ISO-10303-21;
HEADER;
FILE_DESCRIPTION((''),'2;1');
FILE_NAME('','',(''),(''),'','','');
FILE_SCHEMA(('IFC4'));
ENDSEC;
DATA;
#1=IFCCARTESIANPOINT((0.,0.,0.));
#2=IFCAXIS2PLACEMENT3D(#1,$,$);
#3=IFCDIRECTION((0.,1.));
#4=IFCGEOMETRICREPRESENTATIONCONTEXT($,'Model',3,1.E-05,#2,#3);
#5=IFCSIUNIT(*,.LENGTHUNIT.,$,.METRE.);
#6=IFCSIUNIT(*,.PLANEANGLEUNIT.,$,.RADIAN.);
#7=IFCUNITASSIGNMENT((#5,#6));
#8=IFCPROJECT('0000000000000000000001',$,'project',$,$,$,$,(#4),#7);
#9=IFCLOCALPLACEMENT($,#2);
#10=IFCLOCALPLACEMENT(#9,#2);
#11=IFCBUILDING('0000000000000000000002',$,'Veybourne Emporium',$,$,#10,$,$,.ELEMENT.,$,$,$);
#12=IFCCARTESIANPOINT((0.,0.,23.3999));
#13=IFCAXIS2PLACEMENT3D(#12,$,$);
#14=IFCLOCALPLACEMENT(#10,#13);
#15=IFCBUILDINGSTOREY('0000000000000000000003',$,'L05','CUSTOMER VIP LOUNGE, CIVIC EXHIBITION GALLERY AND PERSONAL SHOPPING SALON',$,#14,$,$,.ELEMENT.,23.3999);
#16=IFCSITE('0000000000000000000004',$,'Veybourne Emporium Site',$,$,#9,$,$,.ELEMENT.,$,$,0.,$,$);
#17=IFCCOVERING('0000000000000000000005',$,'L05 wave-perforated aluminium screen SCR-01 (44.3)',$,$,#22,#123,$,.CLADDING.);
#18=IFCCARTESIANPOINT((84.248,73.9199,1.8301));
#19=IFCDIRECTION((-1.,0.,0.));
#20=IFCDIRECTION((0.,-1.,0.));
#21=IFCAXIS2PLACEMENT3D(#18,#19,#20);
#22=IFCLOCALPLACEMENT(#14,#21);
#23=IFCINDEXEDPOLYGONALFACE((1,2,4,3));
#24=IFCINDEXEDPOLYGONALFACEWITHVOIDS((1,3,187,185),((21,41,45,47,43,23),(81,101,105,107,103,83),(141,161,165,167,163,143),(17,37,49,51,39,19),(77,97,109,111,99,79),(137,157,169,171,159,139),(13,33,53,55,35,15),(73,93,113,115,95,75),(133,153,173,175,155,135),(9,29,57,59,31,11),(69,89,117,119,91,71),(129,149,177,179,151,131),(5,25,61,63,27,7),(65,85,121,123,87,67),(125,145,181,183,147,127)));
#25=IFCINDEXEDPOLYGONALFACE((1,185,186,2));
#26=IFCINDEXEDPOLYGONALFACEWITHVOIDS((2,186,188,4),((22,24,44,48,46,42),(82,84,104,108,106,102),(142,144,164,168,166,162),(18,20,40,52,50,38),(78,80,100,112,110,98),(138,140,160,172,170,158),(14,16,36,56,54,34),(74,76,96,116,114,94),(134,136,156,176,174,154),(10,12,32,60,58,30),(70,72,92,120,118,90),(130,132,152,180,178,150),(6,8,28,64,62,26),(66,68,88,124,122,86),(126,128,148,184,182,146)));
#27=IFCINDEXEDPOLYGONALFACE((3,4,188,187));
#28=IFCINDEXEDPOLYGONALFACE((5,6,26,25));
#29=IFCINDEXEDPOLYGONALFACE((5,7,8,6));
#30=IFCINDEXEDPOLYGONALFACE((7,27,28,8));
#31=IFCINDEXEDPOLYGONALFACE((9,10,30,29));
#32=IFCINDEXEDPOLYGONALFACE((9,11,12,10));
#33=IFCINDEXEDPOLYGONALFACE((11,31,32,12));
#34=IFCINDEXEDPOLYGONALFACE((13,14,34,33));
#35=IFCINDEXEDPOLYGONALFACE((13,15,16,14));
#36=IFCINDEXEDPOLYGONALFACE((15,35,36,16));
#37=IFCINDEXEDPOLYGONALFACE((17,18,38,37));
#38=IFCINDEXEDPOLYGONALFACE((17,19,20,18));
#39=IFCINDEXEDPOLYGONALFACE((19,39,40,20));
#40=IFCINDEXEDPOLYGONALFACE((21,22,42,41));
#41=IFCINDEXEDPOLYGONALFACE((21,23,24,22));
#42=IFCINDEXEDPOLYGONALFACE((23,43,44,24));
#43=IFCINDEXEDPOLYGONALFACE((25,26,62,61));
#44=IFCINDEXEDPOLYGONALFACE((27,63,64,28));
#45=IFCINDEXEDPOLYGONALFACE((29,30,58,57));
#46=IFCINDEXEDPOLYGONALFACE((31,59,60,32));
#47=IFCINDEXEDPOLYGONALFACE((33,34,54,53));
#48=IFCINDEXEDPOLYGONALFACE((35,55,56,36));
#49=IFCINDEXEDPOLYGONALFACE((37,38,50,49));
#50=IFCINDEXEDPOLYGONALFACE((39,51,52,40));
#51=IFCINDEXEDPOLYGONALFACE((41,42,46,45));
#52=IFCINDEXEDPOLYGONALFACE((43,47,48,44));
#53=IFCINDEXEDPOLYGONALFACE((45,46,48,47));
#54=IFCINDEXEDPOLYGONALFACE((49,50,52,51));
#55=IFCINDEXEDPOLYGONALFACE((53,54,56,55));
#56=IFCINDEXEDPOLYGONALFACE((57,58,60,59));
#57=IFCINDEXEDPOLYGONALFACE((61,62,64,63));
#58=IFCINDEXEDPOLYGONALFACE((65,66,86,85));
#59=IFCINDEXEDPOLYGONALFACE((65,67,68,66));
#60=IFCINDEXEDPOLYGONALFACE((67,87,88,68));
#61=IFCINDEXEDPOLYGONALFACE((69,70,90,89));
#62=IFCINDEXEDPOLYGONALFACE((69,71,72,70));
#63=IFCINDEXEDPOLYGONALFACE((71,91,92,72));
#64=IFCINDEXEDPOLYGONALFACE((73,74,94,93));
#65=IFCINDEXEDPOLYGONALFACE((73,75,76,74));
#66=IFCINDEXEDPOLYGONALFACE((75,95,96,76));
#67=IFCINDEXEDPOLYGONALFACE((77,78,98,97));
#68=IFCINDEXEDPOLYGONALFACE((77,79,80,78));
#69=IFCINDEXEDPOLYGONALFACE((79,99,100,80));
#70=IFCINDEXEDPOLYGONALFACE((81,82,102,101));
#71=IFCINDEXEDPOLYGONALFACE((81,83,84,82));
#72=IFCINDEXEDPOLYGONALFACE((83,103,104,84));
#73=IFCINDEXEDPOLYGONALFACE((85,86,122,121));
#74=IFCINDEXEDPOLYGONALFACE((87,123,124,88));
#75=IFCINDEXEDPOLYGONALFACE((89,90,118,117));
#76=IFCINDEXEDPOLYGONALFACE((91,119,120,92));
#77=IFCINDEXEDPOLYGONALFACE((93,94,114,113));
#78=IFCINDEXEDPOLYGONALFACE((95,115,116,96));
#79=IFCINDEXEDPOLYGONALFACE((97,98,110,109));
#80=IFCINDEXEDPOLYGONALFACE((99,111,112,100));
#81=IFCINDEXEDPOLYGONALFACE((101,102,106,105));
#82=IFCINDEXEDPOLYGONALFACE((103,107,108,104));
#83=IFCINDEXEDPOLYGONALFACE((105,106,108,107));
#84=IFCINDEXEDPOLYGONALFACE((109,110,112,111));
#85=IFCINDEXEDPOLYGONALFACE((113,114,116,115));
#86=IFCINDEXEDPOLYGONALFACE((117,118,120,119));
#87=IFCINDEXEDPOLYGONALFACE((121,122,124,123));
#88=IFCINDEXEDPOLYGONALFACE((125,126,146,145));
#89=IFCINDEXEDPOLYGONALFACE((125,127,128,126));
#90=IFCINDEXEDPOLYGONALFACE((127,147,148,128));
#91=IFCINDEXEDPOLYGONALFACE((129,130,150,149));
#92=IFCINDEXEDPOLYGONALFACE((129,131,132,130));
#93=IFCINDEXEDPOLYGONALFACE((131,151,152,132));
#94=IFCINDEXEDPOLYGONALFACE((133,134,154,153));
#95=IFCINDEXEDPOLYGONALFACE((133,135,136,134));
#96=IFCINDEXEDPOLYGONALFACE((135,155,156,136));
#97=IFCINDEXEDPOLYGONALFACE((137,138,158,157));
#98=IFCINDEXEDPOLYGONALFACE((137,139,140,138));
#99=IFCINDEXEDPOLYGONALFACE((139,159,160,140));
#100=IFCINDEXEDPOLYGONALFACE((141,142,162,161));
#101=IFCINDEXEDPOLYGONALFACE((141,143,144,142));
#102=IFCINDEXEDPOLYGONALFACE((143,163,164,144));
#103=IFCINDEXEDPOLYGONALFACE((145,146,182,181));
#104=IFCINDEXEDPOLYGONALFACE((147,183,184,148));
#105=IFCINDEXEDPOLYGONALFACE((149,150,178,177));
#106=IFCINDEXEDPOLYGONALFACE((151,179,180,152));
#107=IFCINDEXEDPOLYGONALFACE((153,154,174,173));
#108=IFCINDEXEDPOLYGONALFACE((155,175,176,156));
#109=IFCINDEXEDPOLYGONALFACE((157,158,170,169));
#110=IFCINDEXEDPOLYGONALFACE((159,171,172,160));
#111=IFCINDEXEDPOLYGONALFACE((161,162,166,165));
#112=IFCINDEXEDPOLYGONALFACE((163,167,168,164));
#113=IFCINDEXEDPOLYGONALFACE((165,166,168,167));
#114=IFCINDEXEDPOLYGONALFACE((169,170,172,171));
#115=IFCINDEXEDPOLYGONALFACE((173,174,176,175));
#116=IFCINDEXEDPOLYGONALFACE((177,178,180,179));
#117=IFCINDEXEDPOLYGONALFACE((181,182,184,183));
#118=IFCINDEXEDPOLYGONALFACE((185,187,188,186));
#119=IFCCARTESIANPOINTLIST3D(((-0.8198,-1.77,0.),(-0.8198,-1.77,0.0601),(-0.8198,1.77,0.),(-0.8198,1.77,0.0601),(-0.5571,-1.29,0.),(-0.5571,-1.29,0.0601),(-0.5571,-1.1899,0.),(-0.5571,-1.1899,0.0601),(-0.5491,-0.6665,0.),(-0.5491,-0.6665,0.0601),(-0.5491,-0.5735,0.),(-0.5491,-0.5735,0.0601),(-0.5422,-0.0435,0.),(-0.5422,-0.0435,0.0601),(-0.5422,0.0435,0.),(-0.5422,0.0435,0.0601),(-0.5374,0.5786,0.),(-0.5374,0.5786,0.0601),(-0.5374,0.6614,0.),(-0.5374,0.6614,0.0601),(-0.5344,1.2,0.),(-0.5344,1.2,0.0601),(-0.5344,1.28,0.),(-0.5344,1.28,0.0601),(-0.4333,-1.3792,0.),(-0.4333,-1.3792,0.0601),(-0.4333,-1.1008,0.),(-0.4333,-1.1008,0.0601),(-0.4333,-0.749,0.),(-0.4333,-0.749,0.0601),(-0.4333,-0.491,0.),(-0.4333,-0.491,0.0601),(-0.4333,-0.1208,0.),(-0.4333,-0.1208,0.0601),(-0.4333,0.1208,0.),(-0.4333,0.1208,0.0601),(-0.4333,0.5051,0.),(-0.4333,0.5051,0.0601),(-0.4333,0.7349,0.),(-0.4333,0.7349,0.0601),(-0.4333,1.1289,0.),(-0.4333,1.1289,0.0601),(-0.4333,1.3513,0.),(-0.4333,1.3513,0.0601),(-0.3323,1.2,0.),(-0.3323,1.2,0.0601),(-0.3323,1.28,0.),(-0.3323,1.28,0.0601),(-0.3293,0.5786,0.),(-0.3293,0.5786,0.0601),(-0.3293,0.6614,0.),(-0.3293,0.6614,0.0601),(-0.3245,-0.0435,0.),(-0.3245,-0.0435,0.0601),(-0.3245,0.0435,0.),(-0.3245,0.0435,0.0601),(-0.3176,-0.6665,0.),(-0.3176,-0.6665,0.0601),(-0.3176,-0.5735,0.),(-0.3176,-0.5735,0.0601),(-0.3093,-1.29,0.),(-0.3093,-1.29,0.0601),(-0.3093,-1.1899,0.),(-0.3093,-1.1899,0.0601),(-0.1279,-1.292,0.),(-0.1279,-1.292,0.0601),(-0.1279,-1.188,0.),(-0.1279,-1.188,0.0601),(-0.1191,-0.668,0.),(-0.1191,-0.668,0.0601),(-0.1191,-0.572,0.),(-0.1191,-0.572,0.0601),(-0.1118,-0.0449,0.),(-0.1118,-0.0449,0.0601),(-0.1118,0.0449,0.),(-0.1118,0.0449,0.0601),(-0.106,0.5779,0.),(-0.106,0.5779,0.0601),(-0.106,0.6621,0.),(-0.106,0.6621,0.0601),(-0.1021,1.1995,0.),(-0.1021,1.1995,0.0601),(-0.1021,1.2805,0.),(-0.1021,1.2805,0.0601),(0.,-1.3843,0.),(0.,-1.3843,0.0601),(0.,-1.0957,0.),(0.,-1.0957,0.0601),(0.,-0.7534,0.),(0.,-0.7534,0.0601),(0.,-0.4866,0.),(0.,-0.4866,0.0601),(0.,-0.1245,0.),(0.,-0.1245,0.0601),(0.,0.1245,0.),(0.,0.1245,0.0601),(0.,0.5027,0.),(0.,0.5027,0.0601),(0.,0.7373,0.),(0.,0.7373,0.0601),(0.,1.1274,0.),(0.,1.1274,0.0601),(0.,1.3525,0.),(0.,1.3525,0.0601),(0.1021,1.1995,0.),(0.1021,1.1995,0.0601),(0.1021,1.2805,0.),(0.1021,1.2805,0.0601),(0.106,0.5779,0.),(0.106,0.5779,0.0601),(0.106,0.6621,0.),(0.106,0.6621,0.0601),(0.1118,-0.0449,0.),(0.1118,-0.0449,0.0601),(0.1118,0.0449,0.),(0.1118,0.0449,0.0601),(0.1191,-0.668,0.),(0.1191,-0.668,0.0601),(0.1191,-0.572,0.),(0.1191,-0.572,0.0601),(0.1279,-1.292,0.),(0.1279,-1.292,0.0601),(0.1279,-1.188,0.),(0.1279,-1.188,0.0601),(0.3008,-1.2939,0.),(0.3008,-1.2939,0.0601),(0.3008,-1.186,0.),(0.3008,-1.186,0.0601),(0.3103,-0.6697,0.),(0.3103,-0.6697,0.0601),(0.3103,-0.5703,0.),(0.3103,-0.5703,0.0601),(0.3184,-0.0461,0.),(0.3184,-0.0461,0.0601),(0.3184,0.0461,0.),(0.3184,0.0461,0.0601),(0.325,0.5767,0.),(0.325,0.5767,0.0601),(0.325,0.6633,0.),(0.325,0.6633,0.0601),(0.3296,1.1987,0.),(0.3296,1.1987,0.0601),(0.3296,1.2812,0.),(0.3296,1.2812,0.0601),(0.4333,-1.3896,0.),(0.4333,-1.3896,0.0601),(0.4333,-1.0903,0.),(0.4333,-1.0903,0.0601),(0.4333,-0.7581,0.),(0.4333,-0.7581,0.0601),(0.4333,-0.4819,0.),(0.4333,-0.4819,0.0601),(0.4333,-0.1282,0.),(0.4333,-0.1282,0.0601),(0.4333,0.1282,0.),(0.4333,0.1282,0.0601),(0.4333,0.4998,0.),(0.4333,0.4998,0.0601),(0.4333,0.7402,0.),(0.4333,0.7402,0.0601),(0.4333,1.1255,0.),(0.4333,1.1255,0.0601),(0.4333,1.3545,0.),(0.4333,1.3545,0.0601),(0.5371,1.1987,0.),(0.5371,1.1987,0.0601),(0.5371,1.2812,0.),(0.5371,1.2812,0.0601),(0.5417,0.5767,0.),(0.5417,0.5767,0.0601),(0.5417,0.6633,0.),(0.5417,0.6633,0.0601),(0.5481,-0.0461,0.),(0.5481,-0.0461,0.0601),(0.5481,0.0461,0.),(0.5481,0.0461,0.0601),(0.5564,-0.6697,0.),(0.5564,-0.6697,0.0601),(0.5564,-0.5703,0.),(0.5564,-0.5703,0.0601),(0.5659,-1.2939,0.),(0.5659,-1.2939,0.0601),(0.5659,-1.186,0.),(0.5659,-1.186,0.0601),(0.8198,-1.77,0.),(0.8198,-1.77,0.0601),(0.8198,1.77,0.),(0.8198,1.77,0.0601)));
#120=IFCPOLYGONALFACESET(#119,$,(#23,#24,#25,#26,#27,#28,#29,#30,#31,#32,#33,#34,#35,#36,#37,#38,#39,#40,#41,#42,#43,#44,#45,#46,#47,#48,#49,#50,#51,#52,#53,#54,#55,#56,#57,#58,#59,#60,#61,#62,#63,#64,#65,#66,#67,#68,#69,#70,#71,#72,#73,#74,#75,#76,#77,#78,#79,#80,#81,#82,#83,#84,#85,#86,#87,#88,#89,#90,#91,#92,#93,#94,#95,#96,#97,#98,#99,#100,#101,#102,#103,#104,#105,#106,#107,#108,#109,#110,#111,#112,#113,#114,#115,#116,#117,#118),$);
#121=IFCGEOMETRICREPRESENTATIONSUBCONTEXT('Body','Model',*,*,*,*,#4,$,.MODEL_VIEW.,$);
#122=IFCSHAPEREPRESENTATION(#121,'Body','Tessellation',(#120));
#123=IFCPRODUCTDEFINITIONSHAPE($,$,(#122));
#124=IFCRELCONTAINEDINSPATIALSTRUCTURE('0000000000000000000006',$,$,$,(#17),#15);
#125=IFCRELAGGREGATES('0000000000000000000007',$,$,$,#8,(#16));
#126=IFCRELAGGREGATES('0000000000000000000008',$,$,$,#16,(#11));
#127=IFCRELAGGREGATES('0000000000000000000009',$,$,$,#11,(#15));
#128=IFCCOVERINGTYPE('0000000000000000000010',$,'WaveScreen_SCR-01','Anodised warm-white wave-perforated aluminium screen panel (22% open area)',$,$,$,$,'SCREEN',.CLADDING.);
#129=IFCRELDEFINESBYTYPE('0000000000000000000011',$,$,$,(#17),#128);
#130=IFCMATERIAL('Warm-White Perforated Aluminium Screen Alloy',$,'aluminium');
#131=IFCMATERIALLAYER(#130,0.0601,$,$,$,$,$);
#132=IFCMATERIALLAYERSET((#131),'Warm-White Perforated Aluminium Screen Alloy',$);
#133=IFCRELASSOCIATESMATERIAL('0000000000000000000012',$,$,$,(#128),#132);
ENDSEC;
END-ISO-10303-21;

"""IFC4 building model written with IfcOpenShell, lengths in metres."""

from ifc_helpers import new_model, si_unit, direction, frame, origin, place, context, subcontext, project, spatial, polyline, outline, extrude, material, layer, layer_set, type_object, element, save


model = new_model("IFC4")

# Units and contexts
model_context = context("Model", 3, precision=1e-05, world=origin(), true_north=direction((0.0, 1.0)))
body_context = subcontext(model_context, "Body", "Model", "MODEL_VIEW")
ifc_project = project(units=[si_unit("LENGTHUNIT", "METRE"), si_unit("PLANEANGLEUNIT", "RADIAN")], contexts=[model_context])

# Site, building, storey
site_placement = place(None, origin())
site = spatial("IfcSite", under=ifc_project, at=site_placement, Name="Veybourne Emporium Site", CompositionType="ELEMENT", RefElevation=0.0)
building_placement = place(site_placement, origin())
building = spatial("IfcBuilding", under=site, at=building_placement, Name="Veybourne Emporium", CompositionType="ELEMENT")
storey_placement = place(building_placement, frame((0.0, 0.0, 23.3999)))
storey = spatial("IfcBuildingStorey", under=building, at=storey_placement, Name="L05", Description="CUSTOMER VIP LOUNGE, CIVIC EXHIBITION GALLERY AND PERSONAL SHOPPING SALON", CompositionType="ELEMENT", Elevation=23.3999)

# Covering
ifc_material_1 = material(Name="Warm-White Perforated Aluminium Screen Alloy", Category="aluminium")
ifc_layer_1 = layer(ifc_material_1, 0.0601)
ifc_layer_set_1 = layer_set([ifc_layer_1], Name="Warm-White Perforated Aluminium Screen Alloy")
covering_type_1 = type_object("IfcCoveringType", Name="WaveScreen_SCR-01", Description="Anodised warm-white wave-perforated aluminium screen panel (22% open area)", ElementType="SCREEN", PredefinedType="CLADDING", material=ifc_layer_set_1)
covering_1_placement = place(storey_placement, frame((84.248, 73.9199, 1.8301), z_axis=(-1.0, 0.0, 0.0), x_axis=(0.0, -1.0, 0.0)))
element("IfcCovering", 1, at=covering_1_placement, inside=storey, type_object=covering_type_1, Name="L05 wave-perforated aluminium screen SCR-01 (44.3)", PredefinedType="CLADDING", context=body_context, shape_type="SweptSolid", body=[
    extrude(outline(polyline([(-0.8198, -1.77), (0.8198, -1.77), (0.8198, 1.77), (-0.8198, 1.77), (-0.8198, -1.77)]), holes=[polyline([(-0.4333, -1.1008), (-0.3093, -1.1899), (-0.3093, -1.29), (-0.4333, -1.3792), (-0.5571, -1.29), (-0.5571, -1.1899), (-0.4333, -1.1008)]), polyline([(-0.4333, -0.491), (-0.3176, -0.5735), (-0.3176, -0.6665), (-0.4333, -0.749), (-0.5491, -0.6665), (-0.5491, -0.5735), (-0.4333, -0.491)]), polyline([(-0.4333, 0.1208), (-0.3245, 0.0435), (-0.3245, -0.0435), (-0.4333, -0.1208), (-0.5422, -0.0435), (-0.5422, 0.0435), (-0.4333, 0.1208)]), polyline([(-0.4333, 0.7349), (-0.3293, 0.6614), (-0.3293, 0.5786), (-0.4333, 0.5051), (-0.5374, 0.5786), (-0.5374, 0.6614), (-0.4333, 0.7349)]), polyline([(-0.4333, 1.3513), (-0.3323, 1.28), (-0.3323, 1.2), (-0.4333, 1.1289), (-0.5344, 1.2), (-0.5344, 1.28), (-0.4333, 1.3513)]), polyline([(0.0, -1.0957), (0.1279, -1.188), (0.1279, -1.292), (0.0, -1.3843), (-0.1279, -1.292), (-0.1279, -1.188), (0.0, -1.0957)]), polyline([(0.0, -0.4866), (0.1191, -0.572), (0.1191, -0.668), (0.0, -0.7534), (-0.1191, -0.668), (-0.1191, -0.572), (0.0, -0.4866)]), polyline([(0.0, 0.1245), (0.1118, 0.0449), (0.1118, -0.0449), (0.0, -0.1245), (-0.1118, -0.0449), (-0.1118, 0.0449), (0.0, 0.1245)]), polyline([(0.0, 0.7373), (0.106, 0.6621), (0.106, 0.5779), (0.0, 0.5027), (-0.106, 0.5779), (-0.106, 0.6621), (0.0, 0.7373)]), polyline([(0.0, 1.3525), (0.1021, 1.2805), (0.1021, 1.1995), (0.0, 1.1274), (-0.1021, 1.1995), (-0.1021, 1.2805), (0.0, 1.3525)]), polyline([(0.4333, -1.0903), (0.5659, -1.186), (0.5659, -1.2939), (0.4333, -1.3896), (0.3008, -1.2939), (0.3008, -1.186), (0.4333, -1.0903)]), polyline([(0.4333, -0.4819), (0.5564, -0.5703), (0.5564, -0.6697), (0.4333, -0.7581), (0.3103, -0.6697), (0.3103, -0.5703), (0.4333, -0.4819)]), polyline([(0.4333, 0.1282), (0.5481, 0.0461), (0.5481, -0.0461), (0.4333, -0.1282), (0.3184, -0.0461), (0.3184, 0.0461), (0.4333, 0.1282)]), polyline([(0.4333, 0.7402), (0.5417, 0.6633), (0.5417, 0.5767), (0.4333, 0.4998), (0.325, 0.5767), (0.325, 0.6633), (0.4333, 0.7402)]), polyline([(0.4333, 1.3545), (0.5371, 1.2812), (0.5371, 1.1987), (0.4333, 1.1255), (0.3296, 1.1987), (0.3296, 1.2812), (0.4333, 1.3545)])]), origin(), (0.0, 0.0, 1.0), 0.0601),
])

save(model, "model.ifc")
